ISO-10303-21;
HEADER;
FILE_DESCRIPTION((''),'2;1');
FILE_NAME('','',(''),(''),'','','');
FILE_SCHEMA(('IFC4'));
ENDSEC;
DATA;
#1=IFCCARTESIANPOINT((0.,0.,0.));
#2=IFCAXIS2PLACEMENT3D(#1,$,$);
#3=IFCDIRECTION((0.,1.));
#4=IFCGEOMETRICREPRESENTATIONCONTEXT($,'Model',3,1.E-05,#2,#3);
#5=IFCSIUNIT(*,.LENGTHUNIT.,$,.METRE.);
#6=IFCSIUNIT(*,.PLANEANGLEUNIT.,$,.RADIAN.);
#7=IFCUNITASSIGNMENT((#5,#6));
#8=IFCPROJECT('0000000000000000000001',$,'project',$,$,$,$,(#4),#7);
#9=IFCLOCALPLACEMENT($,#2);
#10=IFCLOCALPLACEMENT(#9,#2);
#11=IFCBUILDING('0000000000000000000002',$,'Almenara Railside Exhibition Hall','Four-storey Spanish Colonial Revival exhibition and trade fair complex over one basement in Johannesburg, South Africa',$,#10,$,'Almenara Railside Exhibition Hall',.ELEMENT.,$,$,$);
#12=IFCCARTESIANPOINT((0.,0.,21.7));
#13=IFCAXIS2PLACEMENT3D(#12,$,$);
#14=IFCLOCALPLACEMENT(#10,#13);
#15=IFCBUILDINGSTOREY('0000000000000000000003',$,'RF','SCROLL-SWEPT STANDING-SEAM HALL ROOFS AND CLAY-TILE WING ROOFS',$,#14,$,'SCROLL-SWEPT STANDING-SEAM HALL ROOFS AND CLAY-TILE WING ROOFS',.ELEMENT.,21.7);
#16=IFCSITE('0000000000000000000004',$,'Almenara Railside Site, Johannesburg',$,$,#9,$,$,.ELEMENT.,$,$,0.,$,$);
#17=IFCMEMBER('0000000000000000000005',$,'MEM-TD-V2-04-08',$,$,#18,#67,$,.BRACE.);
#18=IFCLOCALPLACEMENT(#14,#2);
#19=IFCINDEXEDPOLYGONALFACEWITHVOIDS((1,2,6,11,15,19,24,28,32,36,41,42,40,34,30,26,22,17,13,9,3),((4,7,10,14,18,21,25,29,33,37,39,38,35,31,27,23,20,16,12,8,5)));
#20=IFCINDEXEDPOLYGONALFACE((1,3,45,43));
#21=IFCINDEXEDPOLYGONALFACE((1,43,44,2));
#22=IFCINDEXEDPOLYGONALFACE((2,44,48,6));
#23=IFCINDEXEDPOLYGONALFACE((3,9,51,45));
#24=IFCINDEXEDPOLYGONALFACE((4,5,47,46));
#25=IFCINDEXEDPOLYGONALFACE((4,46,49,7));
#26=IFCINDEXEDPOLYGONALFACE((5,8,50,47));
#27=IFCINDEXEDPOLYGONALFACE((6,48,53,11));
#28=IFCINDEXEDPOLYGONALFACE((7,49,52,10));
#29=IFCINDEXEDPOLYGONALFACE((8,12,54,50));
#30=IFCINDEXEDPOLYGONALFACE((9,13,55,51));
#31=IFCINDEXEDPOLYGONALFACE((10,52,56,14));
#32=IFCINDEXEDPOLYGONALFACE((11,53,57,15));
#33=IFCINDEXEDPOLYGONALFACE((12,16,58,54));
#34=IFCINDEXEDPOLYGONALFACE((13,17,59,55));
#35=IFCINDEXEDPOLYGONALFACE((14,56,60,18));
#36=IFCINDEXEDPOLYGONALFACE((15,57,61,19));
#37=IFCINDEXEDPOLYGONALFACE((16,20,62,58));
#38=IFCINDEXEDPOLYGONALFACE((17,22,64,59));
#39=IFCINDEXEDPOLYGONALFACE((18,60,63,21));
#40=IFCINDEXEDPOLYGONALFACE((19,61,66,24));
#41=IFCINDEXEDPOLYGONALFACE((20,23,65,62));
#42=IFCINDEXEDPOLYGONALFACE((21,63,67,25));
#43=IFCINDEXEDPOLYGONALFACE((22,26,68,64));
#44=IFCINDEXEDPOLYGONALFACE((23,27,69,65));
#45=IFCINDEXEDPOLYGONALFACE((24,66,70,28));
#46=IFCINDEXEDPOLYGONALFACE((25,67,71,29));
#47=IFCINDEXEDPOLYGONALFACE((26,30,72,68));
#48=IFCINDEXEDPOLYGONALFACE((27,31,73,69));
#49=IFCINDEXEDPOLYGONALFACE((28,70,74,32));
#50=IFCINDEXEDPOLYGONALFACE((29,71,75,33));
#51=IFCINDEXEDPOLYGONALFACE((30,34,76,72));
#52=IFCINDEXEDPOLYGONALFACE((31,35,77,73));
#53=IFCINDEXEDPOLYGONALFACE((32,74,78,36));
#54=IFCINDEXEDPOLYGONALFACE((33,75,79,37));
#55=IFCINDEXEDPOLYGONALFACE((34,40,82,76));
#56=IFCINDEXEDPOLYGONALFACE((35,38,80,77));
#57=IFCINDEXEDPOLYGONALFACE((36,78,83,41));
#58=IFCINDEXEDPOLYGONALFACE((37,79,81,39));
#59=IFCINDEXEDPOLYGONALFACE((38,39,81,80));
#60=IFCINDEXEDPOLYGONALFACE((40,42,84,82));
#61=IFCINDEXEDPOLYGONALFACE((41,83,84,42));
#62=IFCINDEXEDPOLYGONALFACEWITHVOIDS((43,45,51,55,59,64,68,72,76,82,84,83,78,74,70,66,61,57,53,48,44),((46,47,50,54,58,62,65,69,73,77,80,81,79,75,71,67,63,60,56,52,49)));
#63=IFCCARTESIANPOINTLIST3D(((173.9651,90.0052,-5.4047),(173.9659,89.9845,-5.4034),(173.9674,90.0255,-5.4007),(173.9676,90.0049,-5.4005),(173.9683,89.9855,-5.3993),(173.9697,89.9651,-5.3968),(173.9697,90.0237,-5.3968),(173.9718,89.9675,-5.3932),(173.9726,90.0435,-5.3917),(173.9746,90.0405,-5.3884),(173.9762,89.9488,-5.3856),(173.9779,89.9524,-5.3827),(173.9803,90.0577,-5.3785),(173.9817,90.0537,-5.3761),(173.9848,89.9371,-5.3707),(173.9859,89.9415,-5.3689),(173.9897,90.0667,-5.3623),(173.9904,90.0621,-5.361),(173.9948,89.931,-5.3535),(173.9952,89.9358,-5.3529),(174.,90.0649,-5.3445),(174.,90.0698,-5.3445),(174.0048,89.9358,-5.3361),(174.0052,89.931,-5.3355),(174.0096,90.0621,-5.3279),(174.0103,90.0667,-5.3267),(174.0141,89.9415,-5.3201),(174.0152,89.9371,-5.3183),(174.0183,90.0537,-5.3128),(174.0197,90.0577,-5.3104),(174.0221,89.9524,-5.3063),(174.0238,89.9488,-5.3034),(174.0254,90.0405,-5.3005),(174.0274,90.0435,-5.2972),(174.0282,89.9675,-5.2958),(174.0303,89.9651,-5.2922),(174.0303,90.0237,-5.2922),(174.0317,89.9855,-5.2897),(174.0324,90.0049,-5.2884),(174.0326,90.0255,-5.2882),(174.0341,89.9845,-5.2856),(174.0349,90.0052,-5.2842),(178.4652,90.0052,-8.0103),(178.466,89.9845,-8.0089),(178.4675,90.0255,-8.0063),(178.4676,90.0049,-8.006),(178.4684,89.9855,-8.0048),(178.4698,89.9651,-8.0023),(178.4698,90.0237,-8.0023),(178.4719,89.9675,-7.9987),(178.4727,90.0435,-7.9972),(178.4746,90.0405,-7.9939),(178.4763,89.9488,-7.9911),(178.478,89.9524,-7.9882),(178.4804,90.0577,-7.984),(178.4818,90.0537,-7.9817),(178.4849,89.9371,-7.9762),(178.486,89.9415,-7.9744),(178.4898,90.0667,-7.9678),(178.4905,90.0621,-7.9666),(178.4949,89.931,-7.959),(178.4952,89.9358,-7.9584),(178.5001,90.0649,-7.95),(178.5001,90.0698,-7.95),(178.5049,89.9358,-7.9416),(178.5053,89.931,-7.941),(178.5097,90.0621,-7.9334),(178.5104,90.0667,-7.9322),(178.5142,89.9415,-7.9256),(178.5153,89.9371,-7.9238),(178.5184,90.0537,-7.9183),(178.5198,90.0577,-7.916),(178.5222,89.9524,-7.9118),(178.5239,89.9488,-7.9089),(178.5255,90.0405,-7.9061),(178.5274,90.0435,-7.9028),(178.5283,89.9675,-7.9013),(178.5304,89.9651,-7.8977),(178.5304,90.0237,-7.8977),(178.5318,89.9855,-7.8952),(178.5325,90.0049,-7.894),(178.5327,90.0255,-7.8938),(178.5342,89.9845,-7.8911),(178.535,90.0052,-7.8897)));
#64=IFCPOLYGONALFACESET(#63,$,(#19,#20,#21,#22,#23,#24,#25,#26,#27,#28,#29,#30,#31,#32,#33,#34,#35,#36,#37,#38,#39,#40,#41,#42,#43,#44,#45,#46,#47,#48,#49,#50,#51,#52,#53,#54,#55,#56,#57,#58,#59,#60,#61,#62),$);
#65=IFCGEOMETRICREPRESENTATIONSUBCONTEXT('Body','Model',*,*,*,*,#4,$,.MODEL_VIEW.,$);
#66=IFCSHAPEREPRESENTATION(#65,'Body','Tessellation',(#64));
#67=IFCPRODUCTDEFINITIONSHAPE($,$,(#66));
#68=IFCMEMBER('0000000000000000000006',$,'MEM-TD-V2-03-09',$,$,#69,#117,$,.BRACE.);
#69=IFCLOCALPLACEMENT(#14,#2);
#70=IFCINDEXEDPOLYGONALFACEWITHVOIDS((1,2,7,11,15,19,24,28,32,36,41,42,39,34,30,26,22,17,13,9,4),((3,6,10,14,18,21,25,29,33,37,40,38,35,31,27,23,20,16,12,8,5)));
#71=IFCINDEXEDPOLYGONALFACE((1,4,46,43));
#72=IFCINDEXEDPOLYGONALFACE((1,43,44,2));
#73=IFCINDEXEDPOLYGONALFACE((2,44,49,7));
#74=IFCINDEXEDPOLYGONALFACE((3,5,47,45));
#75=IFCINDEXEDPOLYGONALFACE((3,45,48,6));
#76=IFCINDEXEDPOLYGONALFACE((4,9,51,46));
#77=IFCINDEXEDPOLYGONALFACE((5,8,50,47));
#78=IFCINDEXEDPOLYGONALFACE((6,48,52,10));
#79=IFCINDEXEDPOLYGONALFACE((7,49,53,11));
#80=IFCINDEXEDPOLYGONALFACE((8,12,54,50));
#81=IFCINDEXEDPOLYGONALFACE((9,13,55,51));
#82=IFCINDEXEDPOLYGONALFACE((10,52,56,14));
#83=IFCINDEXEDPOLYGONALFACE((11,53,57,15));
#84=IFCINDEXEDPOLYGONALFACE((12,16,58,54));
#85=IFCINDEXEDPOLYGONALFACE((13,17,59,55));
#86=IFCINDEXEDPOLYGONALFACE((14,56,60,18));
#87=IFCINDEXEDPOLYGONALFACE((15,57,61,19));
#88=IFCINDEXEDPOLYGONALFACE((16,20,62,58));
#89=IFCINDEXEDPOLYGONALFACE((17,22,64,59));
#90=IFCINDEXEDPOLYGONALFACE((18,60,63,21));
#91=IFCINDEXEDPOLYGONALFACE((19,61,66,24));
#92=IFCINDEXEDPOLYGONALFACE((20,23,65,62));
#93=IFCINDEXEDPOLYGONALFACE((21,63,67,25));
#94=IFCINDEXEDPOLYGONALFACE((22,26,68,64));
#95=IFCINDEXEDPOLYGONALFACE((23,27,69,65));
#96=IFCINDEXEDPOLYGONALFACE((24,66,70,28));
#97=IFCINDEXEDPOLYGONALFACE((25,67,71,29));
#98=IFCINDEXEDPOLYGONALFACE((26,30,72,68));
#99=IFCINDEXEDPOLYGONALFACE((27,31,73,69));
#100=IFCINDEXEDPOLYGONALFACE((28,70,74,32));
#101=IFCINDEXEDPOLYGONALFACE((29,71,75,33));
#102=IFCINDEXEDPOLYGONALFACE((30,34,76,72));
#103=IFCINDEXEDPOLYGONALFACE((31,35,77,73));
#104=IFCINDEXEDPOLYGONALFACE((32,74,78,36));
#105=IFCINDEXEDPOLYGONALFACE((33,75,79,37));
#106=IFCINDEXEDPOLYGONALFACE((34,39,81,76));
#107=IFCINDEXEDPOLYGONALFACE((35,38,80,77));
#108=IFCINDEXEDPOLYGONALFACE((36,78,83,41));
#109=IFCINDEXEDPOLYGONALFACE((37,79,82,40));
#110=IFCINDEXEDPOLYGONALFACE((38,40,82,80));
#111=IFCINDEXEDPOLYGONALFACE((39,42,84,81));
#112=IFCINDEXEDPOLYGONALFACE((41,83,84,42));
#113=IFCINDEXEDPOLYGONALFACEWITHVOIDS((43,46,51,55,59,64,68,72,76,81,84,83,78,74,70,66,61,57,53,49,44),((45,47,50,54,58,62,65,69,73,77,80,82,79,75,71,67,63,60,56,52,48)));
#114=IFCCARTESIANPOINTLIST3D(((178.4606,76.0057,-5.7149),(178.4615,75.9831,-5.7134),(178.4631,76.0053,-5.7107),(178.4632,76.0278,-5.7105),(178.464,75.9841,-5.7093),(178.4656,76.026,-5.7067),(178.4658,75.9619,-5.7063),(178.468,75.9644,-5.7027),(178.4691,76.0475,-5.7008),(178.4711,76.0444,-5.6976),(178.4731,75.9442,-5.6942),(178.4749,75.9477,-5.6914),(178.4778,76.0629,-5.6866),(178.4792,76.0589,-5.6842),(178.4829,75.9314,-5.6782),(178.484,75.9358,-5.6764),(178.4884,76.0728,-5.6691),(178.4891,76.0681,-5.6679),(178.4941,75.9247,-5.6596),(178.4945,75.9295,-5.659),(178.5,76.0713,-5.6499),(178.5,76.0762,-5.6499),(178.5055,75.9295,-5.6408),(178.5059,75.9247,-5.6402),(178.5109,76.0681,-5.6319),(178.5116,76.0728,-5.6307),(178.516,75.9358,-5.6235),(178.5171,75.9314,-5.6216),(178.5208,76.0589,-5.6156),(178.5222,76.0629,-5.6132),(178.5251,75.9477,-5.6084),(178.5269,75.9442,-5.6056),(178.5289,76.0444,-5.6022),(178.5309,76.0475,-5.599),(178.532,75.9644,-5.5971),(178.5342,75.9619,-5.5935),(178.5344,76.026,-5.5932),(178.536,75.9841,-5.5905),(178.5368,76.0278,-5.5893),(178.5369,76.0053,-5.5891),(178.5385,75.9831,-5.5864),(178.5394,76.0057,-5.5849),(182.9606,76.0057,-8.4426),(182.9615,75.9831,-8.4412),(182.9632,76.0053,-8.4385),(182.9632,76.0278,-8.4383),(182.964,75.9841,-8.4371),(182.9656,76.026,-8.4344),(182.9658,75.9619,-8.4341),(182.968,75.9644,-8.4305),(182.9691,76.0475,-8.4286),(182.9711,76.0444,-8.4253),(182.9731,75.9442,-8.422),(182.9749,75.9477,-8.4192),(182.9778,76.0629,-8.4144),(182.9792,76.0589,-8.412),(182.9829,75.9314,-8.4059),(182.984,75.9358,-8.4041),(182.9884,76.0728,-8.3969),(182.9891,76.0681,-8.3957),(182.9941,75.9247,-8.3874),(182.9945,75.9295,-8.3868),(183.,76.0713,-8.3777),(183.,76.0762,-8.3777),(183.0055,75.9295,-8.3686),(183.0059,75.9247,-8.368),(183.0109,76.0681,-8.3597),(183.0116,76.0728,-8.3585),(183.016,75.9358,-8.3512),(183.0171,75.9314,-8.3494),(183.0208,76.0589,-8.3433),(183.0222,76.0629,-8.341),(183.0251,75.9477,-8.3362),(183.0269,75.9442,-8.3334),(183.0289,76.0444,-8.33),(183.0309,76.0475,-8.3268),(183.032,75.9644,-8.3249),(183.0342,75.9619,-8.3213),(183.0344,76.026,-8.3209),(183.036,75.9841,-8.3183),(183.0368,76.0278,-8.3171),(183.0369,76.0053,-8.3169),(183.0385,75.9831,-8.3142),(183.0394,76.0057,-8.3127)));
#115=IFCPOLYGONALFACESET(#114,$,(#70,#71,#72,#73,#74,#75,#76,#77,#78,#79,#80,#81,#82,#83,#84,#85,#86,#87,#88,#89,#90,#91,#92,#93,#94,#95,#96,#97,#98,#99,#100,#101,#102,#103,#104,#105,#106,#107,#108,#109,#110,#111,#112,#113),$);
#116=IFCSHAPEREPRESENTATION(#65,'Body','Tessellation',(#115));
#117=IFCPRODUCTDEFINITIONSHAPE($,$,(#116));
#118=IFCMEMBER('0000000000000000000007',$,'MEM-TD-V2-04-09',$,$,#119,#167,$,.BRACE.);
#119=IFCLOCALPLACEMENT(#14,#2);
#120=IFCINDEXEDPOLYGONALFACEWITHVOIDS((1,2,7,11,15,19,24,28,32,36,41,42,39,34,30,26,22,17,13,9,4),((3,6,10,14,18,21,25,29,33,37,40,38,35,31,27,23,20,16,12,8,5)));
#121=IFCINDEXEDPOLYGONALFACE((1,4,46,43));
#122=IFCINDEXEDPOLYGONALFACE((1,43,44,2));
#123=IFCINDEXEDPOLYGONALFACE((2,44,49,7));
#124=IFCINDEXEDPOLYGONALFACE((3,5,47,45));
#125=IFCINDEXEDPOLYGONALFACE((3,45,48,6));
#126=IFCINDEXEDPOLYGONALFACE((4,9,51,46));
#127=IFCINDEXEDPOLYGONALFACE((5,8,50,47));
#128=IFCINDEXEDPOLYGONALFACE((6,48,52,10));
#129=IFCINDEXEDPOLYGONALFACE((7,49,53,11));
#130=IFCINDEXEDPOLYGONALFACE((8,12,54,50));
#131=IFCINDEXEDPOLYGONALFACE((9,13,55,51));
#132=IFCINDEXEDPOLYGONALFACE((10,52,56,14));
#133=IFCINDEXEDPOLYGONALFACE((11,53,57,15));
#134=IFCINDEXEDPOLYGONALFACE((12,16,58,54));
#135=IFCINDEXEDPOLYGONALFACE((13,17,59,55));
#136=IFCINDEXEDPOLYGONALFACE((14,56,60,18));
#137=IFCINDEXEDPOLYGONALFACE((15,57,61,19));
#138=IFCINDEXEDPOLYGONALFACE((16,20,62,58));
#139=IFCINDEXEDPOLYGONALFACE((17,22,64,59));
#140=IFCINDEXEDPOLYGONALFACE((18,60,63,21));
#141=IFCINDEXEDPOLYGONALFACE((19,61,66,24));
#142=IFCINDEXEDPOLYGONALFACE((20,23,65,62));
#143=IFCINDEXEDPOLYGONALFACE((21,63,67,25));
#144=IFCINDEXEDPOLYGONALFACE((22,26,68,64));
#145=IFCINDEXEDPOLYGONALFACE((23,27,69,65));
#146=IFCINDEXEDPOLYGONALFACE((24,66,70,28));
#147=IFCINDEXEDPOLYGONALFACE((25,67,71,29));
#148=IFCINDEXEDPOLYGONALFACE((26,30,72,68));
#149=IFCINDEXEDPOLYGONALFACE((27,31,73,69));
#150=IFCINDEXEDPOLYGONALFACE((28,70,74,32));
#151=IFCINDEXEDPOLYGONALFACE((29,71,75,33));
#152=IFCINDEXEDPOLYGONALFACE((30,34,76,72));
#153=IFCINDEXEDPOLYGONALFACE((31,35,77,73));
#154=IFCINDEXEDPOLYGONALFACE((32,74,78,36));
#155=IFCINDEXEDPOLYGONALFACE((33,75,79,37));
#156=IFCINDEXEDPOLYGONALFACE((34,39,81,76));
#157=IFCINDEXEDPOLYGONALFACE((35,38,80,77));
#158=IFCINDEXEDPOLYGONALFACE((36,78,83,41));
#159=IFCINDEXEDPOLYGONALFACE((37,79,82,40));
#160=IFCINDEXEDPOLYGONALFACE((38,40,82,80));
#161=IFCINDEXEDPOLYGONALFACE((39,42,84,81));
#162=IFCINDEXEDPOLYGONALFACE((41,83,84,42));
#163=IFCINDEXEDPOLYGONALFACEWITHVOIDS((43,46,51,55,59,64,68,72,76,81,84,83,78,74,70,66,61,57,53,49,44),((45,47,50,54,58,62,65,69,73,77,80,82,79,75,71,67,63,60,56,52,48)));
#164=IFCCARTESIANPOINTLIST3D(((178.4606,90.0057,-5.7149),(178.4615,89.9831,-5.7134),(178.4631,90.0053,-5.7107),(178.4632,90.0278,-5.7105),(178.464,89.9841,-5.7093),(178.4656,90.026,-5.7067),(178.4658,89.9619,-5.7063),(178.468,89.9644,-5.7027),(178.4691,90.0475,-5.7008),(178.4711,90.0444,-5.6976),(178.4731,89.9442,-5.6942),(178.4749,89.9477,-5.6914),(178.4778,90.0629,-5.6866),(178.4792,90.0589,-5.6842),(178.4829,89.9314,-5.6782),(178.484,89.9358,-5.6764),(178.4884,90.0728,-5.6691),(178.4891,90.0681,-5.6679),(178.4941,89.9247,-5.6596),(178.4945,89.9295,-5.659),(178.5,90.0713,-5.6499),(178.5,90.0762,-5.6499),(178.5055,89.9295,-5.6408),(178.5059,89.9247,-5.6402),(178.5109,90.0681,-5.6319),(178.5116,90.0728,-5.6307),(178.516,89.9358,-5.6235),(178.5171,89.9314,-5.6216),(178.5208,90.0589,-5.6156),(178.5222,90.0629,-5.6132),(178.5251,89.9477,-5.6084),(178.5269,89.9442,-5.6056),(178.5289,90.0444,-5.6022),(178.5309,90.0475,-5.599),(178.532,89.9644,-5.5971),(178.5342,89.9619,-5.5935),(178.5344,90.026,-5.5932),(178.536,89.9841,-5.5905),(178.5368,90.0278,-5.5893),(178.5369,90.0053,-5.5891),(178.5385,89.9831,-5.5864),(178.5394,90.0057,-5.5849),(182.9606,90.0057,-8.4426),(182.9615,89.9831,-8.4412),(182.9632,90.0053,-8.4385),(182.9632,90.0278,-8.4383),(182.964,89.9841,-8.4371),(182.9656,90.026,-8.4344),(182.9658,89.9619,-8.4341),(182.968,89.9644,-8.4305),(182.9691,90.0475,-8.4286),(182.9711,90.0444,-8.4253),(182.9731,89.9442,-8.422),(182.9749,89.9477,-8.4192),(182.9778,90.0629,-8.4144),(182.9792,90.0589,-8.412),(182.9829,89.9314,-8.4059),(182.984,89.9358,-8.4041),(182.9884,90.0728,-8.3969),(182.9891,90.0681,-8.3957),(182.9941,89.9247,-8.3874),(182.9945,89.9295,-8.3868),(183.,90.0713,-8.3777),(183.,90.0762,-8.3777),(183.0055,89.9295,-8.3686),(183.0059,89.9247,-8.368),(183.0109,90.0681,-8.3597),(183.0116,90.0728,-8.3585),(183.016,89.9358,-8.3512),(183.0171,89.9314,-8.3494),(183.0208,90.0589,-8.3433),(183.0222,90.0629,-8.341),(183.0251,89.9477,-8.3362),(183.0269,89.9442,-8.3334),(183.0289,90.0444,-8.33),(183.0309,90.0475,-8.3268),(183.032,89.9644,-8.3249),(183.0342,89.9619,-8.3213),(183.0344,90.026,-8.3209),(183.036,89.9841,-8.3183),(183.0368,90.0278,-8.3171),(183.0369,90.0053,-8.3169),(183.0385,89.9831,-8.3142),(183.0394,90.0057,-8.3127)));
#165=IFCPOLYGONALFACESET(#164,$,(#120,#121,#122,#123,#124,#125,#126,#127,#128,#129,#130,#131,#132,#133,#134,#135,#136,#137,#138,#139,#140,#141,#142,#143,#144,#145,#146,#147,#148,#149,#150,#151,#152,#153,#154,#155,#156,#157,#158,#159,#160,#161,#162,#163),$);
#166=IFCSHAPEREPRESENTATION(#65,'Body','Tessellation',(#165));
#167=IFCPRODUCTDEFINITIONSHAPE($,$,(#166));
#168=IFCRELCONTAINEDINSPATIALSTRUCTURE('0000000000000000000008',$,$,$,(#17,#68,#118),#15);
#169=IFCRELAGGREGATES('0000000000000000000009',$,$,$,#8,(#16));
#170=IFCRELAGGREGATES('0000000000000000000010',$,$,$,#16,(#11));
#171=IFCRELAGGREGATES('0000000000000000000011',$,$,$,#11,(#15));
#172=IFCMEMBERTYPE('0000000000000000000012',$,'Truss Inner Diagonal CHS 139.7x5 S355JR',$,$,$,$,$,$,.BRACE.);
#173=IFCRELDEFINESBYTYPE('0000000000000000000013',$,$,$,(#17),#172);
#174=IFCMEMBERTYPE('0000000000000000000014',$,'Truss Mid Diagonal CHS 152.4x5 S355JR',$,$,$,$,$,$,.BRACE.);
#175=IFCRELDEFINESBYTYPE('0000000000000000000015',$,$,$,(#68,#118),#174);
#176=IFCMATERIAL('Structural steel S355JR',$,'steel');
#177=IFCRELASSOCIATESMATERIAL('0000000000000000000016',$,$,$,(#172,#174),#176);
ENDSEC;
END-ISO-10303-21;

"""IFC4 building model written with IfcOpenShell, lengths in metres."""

from ifc_helpers import new_model, si_unit, direction, frame, origin, origin_2d, place, context, subcontext, project, spatial, hollow_circle, extrude, material, material_profile, profile_set, type_object, element, save


model = new_model("IFC4")

# Units and contexts
model_context = context("Model", 3, precision=1e-05, world=origin(), true_north=direction((0.0, 1.0)))
body_context = subcontext(model_context, "Body", "Model", "MODEL_VIEW")
ifc_project = project(units=[si_unit("LENGTHUNIT", "METRE"), si_unit("PLANEANGLEUNIT", "RADIAN")], contexts=[model_context])

# Site, building, storey
site_placement = place(None, origin())
site = spatial("IfcSite", under=ifc_project, at=site_placement, Name="Almenara Railside Site, Johannesburg", CompositionType="ELEMENT", RefElevation=0.0)
building_placement = place(site_placement, origin())
building = spatial("IfcBuilding", under=site, at=building_placement, Name="Almenara Railside Exhibition Hall", Description="Four-storey Spanish Colonial Revival exhibition and trade fair complex over one basement in Johannesburg, South Africa", LongName="Almenara Railside Exhibition Hall", CompositionType="ELEMENT")
storey_placement = place(building_placement, frame((0.0, 0.0, 21.7)))
storey = spatial("IfcBuildingStorey", under=building, at=storey_placement, Name="RF", Description="SCROLL-SWEPT STANDING-SEAM HALL ROOFS AND CLAY-TILE WING ROOFS", LongName="SCROLL-SWEPT STANDING-SEAM HALL ROOFS AND CLAY-TILE WING ROOFS", CompositionType="ELEMENT", Elevation=21.7)

# Shared definitions
ifc_material_1 = material(Name="Structural steel S355JR", Category="steel")

# Members
ifc_material_profile_1 = material_profile(ifc_material_1, hollow_circle(Radius=0.0698, WallThickness=0.0049, at=origin_2d()), Name="CHS 139.7x5")
ifc_profile_set_1 = profile_set([ifc_material_profile_1], Name="Structural steel S355JR")
member_type_1 = type_object("IfcMemberType", Name="Truss Inner Diagonal CHS 139.7x5 S355JR", PredefinedType="BRACE", material=ifc_profile_set_1)
member_1_placement = place(storey_placement, frame((174.0, 90.0, -5.3445), z_axis=(0.865409, 0.0, -0.501066), x_axis=(0.0, 1.0, 0.0)))
element("IfcMember", 1, at=member_1_placement, inside=storey, type_object=member_type_1, Name="MEM-TD-V2-04-08", PredefinedType="BRACE", context=body_context, shape_type="SweptSolid", body=[
    extrude(hollow_circle(Radius=0.0698, WallThickness=0.0049, at=origin_2d()), origin(), (0.0, 0.0, 1.0), 5.2),
])
ifc_material_profile_2 = material_profile(ifc_material_1, hollow_circle(Radius=0.0762, WallThickness=0.0049, at=origin_2d()), Name="CHS 152.4x5")
ifc_profile_set_2 = profile_set([ifc_material_profile_2], Name="Structural steel S355JR")
member_type_2 = type_object("IfcMemberType", Name="Truss Mid Diagonal CHS 152.4x5 S355JR", PredefinedType="BRACE", material=ifc_profile_set_2)
for number, where, z_axis, x_axis, name in (
    (2, (178.5, 76.0, -5.6499), (0.855155, 0.0, -0.518373), (0.0, 1.0, 0.0), "MEM-TD-V2-03-09"),
    (3, (178.5, 90.0, -5.6499), (0.855155, 0.0, -0.518373), (0.0, 1.0, 0.0), "MEM-TD-V2-04-09"),
):
    element("IfcMember", number, at=place(storey_placement, frame(where, z_axis=z_axis, x_axis=x_axis)), inside=storey, type_object=member_type_2, Name=name, PredefinedType="BRACE", context=body_context, shape_type="SweptSolid", body=[
        extrude(hollow_circle(Radius=0.0762, WallThickness=0.0049, at=origin_2d()), origin(), (0.0, 0.0, 1.0), 5.2622),
    ])

save(model, "model.ifc")
